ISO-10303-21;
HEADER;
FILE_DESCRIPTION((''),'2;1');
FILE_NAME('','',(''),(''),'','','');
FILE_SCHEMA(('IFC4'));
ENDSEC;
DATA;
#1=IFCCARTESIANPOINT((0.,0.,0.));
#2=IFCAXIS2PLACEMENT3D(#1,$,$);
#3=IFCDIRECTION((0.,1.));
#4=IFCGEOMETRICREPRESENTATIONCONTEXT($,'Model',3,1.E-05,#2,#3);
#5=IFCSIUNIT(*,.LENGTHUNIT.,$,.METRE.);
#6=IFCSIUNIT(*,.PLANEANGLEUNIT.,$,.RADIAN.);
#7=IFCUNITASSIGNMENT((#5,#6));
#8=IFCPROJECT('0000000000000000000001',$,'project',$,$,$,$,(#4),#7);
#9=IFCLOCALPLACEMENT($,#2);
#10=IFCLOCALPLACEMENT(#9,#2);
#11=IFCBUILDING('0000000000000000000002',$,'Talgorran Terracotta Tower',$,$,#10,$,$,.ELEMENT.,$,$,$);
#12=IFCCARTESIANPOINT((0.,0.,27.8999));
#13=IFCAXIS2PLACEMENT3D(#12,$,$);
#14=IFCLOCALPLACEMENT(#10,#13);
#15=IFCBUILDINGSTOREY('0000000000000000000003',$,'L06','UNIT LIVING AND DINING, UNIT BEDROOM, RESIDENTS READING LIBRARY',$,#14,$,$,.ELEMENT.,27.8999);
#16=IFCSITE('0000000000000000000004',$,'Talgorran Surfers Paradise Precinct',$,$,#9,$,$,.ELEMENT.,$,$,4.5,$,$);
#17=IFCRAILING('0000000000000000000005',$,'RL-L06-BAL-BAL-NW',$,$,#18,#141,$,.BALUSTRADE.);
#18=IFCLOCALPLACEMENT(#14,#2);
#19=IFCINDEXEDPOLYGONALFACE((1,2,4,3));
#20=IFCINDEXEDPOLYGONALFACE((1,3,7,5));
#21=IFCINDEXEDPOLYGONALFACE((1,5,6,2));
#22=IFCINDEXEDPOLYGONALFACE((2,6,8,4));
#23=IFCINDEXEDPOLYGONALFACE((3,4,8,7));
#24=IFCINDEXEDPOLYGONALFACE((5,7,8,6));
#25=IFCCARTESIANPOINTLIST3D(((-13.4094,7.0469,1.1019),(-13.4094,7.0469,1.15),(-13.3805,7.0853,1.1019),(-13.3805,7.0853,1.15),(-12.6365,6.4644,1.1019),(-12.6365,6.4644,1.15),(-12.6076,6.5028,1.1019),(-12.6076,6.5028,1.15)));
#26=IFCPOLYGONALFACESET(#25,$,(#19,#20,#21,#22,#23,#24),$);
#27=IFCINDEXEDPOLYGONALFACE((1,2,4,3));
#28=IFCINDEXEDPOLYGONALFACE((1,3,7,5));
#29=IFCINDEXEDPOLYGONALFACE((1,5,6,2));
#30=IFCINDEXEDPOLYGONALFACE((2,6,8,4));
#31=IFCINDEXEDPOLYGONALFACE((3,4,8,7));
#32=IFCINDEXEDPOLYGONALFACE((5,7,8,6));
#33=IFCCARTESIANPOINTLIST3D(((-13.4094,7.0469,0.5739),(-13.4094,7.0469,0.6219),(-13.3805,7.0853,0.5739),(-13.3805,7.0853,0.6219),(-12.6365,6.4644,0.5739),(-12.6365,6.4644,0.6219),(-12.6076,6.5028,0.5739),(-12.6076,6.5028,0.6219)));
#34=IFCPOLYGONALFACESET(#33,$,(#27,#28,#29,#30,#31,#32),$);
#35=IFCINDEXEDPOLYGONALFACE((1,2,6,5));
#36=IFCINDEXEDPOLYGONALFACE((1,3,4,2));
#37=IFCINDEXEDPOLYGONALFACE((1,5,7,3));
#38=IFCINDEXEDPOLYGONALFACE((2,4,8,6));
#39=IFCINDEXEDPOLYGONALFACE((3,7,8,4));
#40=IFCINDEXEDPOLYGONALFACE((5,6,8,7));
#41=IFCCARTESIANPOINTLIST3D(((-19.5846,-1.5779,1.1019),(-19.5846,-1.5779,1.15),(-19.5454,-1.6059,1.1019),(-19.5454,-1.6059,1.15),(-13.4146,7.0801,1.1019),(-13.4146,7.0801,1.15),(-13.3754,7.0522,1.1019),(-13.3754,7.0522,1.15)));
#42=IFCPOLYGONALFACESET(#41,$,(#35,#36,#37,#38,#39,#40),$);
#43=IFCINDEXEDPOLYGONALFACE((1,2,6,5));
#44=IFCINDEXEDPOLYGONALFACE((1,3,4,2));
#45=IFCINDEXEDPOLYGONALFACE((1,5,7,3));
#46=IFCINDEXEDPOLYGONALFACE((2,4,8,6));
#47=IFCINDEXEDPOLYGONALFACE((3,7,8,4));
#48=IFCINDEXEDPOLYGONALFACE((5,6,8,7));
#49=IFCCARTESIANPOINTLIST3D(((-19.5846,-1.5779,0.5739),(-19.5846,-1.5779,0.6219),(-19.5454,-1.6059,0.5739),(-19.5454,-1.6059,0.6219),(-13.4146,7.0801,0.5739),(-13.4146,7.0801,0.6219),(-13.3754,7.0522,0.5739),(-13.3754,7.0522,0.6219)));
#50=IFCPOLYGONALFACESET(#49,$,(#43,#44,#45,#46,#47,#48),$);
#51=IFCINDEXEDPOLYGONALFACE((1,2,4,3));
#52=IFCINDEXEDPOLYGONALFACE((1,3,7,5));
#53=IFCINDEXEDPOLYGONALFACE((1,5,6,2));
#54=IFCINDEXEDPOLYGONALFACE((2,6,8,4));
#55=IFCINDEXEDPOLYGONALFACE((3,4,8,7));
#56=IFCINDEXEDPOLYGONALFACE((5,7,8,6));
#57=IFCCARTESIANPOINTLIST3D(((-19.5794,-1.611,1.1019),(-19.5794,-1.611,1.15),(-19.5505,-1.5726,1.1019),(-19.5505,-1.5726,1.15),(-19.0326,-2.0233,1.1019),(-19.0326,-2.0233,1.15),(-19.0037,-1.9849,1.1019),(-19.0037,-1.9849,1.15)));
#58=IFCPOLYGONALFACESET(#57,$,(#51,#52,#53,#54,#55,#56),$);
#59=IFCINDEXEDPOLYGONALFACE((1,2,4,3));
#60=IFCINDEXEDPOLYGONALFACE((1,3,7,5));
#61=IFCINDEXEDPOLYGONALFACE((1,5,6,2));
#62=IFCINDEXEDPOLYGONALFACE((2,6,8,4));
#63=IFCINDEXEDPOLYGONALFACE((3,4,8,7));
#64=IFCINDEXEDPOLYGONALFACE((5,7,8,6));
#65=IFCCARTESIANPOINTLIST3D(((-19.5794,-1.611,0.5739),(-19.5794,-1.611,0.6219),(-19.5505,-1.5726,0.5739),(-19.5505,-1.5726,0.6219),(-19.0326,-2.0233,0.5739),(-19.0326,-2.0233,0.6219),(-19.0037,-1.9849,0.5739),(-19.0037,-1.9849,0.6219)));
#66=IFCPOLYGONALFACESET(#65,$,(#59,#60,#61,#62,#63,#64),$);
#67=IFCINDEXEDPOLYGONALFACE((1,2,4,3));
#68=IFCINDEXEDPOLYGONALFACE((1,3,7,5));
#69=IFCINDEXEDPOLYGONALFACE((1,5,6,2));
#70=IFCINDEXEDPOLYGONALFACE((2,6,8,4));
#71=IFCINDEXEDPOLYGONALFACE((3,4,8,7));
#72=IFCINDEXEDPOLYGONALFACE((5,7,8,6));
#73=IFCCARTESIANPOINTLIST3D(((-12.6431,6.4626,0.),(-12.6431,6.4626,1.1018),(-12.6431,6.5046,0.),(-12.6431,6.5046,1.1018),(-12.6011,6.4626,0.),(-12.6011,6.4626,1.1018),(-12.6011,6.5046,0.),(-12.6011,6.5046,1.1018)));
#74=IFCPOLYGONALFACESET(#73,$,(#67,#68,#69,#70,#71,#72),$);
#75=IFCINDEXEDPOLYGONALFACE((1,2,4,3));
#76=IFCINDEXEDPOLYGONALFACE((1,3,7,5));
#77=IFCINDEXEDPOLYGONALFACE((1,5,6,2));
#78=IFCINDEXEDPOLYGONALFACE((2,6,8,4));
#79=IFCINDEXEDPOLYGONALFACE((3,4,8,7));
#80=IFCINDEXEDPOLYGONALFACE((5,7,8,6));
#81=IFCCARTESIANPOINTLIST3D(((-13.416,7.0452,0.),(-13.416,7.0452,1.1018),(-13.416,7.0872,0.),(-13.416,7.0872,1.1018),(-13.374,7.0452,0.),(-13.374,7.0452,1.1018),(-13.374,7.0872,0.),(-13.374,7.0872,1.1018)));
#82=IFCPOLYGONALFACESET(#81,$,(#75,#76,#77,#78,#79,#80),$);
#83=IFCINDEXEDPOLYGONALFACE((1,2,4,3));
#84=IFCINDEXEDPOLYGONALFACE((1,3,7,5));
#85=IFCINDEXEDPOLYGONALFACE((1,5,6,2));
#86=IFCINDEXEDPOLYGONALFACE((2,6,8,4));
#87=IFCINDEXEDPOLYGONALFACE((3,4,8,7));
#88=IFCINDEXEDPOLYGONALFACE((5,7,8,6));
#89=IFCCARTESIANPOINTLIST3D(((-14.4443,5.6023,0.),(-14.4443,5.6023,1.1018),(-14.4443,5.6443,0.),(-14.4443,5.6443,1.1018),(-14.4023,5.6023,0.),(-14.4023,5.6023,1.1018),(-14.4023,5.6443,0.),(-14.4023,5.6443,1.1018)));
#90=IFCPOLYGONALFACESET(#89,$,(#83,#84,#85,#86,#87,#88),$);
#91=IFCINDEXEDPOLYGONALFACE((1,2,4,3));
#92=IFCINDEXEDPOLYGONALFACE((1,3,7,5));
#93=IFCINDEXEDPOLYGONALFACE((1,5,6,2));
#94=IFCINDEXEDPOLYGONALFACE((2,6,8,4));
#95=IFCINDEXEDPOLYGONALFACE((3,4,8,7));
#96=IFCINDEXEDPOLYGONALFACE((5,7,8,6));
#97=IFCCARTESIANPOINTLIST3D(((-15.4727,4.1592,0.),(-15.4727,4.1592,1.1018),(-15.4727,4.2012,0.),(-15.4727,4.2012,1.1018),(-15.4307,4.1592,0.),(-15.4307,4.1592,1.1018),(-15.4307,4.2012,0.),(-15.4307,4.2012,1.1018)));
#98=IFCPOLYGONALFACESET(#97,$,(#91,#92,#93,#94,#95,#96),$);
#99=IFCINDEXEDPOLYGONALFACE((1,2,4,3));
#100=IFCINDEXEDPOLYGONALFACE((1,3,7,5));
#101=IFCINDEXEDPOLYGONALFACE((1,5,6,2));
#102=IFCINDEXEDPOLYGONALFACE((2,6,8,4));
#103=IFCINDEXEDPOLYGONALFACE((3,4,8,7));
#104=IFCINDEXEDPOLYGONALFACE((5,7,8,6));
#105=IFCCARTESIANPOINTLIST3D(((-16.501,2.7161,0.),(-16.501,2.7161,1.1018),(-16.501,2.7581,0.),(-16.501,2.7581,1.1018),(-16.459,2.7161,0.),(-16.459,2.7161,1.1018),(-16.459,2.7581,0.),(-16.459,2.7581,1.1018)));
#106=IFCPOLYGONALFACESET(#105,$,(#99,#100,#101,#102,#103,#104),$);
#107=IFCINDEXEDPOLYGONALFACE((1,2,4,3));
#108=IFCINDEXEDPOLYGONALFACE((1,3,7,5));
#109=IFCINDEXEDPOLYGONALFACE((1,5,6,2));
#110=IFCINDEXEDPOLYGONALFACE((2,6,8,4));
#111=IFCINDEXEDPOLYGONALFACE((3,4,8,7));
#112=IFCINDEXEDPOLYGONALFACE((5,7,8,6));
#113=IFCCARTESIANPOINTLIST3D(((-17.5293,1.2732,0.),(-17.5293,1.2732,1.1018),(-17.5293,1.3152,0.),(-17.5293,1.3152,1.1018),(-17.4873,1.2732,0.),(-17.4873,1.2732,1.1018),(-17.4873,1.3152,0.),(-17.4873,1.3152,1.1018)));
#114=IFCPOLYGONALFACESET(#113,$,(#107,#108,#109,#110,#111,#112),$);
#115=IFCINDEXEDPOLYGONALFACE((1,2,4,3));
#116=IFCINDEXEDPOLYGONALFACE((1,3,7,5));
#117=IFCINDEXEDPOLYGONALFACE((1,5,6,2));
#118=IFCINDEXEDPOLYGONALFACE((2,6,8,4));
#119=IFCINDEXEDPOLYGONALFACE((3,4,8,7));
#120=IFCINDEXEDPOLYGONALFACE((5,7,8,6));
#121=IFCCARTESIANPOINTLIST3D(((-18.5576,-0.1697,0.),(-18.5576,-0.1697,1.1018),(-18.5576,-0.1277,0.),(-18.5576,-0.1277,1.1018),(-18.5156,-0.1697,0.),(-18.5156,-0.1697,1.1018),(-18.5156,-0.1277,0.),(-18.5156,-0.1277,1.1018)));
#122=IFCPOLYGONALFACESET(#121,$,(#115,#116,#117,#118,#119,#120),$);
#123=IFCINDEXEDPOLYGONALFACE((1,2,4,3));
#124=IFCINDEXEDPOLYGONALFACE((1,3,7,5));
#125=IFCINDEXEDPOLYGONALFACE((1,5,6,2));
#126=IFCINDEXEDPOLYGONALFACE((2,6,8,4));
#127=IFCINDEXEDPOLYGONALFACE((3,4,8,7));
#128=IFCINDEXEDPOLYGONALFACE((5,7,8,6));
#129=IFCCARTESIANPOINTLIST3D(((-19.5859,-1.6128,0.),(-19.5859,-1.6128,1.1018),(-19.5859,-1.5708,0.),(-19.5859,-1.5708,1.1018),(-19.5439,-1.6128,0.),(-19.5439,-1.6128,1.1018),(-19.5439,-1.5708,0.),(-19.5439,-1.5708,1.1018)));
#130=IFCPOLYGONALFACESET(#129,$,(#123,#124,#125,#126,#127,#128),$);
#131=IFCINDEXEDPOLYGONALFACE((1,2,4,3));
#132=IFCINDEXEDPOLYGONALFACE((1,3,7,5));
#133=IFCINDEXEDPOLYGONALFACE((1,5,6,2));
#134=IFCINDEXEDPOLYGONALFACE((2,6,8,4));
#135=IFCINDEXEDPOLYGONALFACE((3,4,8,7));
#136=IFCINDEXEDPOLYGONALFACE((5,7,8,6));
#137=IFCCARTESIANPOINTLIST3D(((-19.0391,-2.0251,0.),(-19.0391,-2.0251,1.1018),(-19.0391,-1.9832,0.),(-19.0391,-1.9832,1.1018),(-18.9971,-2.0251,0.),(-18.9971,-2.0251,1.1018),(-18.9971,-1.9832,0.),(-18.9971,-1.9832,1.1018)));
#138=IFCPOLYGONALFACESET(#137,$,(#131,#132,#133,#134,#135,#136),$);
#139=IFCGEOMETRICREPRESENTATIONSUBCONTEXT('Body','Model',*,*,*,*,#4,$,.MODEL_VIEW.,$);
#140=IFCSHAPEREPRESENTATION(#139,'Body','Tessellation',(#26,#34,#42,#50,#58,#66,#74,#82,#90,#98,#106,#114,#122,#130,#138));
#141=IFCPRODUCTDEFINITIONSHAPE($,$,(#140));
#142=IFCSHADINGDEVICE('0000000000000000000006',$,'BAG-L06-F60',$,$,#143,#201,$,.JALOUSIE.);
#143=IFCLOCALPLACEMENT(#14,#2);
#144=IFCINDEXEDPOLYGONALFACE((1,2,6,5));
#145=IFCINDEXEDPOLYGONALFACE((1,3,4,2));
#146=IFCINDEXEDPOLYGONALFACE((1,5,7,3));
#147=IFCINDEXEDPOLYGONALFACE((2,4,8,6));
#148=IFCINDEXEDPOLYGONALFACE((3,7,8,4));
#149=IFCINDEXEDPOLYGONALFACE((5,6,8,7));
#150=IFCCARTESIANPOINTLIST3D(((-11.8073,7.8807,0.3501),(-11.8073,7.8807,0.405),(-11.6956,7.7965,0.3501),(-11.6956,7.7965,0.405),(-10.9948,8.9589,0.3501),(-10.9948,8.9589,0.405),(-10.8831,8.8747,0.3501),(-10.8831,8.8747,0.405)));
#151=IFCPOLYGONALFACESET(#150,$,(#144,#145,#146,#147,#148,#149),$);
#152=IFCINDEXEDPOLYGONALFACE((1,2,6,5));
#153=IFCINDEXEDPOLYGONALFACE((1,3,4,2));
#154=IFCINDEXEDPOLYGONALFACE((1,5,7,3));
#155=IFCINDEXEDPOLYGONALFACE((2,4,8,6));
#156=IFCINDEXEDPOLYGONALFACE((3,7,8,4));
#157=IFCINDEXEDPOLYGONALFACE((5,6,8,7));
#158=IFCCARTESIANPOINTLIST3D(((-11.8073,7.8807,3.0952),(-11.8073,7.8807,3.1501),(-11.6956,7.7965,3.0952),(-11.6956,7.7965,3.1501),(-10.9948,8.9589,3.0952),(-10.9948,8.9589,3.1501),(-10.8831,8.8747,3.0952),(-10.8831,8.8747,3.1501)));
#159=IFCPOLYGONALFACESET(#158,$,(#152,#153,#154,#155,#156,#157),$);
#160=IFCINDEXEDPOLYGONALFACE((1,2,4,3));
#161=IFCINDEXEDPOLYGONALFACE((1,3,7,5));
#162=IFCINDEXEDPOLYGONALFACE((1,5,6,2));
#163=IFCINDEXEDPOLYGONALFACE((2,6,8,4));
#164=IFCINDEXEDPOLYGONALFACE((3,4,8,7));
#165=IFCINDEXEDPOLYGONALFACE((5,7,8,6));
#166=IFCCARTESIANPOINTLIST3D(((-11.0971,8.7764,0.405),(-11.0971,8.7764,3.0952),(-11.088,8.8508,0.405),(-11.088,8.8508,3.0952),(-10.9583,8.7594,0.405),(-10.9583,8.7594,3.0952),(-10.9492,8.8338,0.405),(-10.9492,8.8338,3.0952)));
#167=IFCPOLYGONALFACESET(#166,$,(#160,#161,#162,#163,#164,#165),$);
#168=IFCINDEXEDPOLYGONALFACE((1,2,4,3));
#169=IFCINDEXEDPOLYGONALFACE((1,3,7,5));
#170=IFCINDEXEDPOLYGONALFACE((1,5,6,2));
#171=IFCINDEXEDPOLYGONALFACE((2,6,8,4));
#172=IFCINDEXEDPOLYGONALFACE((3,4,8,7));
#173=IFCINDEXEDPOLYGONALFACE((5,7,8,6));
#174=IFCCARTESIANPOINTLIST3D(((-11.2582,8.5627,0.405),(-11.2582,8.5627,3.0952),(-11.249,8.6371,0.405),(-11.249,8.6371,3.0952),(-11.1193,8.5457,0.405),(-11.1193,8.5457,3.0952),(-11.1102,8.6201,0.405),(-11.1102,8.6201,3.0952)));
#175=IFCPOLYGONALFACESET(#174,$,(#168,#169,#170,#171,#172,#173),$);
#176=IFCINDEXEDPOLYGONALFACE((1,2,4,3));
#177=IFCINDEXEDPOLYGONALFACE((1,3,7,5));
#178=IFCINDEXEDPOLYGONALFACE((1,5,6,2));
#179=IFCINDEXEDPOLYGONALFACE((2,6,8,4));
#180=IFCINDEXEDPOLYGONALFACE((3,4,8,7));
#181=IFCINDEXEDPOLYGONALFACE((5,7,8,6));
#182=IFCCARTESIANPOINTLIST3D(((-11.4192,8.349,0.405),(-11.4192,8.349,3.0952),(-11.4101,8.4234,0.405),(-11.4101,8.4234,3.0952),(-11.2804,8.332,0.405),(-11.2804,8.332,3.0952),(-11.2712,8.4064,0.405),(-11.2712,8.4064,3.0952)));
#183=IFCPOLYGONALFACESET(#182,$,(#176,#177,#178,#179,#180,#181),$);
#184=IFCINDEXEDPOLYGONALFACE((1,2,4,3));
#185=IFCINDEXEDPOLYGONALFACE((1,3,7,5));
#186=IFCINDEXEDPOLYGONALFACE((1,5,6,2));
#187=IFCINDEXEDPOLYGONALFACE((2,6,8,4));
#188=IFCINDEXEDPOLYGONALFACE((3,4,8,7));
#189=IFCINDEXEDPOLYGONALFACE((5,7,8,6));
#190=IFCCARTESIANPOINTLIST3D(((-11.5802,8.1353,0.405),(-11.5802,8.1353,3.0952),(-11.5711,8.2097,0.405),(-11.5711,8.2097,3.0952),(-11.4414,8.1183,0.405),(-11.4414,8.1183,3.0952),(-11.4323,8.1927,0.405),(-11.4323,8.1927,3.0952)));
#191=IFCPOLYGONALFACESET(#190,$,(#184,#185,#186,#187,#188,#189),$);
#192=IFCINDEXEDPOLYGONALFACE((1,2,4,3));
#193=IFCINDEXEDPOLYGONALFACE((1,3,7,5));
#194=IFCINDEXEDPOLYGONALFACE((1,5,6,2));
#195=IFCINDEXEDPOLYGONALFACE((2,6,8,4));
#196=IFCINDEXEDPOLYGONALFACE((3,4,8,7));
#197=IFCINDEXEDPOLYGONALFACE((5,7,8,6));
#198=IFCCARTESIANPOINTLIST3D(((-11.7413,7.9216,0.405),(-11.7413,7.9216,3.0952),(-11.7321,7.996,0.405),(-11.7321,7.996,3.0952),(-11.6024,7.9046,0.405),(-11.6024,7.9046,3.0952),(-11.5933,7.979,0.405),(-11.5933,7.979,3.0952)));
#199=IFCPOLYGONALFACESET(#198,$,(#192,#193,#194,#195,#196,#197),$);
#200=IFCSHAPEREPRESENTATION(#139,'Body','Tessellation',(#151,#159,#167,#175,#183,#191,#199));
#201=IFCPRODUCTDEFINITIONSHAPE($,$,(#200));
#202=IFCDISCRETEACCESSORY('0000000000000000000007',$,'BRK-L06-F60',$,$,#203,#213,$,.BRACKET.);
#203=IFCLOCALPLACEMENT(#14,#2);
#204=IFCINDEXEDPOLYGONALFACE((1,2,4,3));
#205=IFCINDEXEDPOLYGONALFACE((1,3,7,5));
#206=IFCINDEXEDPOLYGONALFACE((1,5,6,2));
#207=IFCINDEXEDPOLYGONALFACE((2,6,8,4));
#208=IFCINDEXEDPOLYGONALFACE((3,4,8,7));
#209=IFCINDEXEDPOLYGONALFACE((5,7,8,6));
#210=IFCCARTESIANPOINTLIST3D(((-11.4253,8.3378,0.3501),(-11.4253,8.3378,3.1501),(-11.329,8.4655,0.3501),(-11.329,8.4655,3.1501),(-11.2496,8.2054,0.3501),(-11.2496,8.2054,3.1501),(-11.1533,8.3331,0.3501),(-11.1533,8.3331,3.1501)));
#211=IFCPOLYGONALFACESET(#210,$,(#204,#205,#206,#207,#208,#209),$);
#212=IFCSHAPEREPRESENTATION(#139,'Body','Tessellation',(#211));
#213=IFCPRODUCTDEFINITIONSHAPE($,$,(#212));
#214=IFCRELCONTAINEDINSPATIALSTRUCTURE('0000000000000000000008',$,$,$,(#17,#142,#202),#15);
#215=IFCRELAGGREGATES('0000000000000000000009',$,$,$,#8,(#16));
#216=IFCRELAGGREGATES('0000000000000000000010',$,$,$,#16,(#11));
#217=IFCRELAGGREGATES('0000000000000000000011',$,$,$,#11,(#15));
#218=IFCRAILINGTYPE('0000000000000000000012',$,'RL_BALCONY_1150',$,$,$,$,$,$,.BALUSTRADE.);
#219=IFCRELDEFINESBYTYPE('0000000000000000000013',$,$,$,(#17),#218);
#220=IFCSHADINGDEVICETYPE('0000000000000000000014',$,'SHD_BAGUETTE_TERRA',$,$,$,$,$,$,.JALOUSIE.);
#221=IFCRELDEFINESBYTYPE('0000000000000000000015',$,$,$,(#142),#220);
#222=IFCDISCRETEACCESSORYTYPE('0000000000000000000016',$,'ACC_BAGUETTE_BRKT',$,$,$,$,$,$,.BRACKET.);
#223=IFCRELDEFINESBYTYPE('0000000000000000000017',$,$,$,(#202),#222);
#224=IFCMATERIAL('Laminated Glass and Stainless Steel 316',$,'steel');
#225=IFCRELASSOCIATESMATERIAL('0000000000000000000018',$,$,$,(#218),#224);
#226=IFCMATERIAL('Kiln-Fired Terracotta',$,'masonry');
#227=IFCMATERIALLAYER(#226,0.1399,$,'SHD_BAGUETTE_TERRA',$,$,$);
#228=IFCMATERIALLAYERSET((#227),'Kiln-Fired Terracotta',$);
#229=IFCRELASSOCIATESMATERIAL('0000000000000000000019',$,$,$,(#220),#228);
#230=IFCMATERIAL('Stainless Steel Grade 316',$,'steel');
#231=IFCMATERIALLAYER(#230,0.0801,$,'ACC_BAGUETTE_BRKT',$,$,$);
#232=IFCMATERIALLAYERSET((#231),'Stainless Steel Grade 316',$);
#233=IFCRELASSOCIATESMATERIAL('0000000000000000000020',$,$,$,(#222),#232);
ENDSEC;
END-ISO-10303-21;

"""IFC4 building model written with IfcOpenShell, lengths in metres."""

from ifc_helpers import new_model, si_unit, direction, frame, origin, origin_2d, place, context, subcontext, project, spatial, rectangle, extrude, source, transform, mapped, material, layer, layer_set, type_object, type_shapes, element, save


model = new_model("IFC4")

# Units and contexts
model_context = context("Model", 3, precision=1e-05, world=origin(), true_north=direction((0.0, 1.0)))
body_context = subcontext(model_context, "Body", "Model", "MODEL_VIEW")
ifc_project = project(units=[si_unit("LENGTHUNIT", "METRE"), si_unit("PLANEANGLEUNIT", "RADIAN")], contexts=[model_context])

# Site, building, storey
site_placement = place(None, origin())
site = spatial("IfcSite", under=ifc_project, at=site_placement, Name="Talgorran Surfers Paradise Precinct", CompositionType="ELEMENT", RefElevation=4.5)
building_placement = place(site_placement, origin())
building = spatial("IfcBuilding", under=site, at=building_placement, Name="Talgorran Terracotta Tower", CompositionType="ELEMENT")
storey_placement = place(building_placement, frame((0.0, 0.0, 27.8999)))
storey = spatial("IfcBuildingStorey", under=building, at=storey_placement, Name="L06", Description="UNIT LIVING AND DINING, UNIT BEDROOM, RESIDENTS READING LIBRARY", CompositionType="ELEMENT", Elevation=27.8999)

# Railing
ifc_material_1 = material(Name="Laminated Glass and Stainless Steel 316", Category="steel")
railing_type = type_object("IfcRailingType", Name="RL_BALCONY_1150", PredefinedType="BALUSTRADE", material=ifc_material_1)
railing_placement = place(storey_placement, frame((-12.6221, 6.4836, 0.0)))
element("IfcRailing", 1, at=railing_placement, inside=storey, type_object=railing_type, Name="RL-L06-BAL-BAL-NW", PredefinedType="BALUSTRADE", context=body_context, shape_type="SweptSolid", body=[
    extrude(rectangle(XDim=0.0481, YDim=0.0481, at=origin_2d()), frame((0.0, 0.0, 1.126), z_axis=(-0.798605, 0.601855, 0.0), x_axis=(-0.601855, -0.798605, 0.0)), (0.0, 0.0, 1.0), 0.9678),
    extrude(rectangle(XDim=0.0481, YDim=0.0481, at=origin_2d()), frame((0.0, 0.0, 0.5979), z_axis=(-0.798605, 0.601855, 0.0), x_axis=(-0.601855, -0.798605, 0.0)), (0.0, 0.0, 1.0), 0.9678),
    extrude(rectangle(XDim=0.0481, YDim=0.0481, at=origin_2d()), frame((-0.7729, 0.5825, 1.126), z_axis=(-0.580345, -0.814371, 0.0), x_axis=(0.814371, -0.580345, 0.0)), (0.0, 0.0, 1.0), 10.6316),
    extrude(rectangle(XDim=0.0481, YDim=0.0481, at=origin_2d()), frame((-0.7729, 0.5825, 0.5979), z_axis=(-0.580345, -0.814371, 0.0), x_axis=(0.814371, -0.580345, 0.0)), (0.0, 0.0, 1.0), 10.6316),
    extrude(rectangle(XDim=0.0481, YDim=0.0481, at=origin_2d()), frame((-6.9429, -8.0754, 1.126), z_axis=(0.798457, -0.602051, 0.0), x_axis=(0.602051, 0.798457, 0.0)), (0.0, 0.0, 1.0), 0.6848),
    extrude(rectangle(XDim=0.0481, YDim=0.0481, at=origin_2d()), frame((-6.9429, -8.0754, 0.5979), z_axis=(0.798457, -0.602051, 0.0), x_axis=(0.602051, 0.798457, 0.0)), (0.0, 0.0, 1.0), 0.6848),
    extrude(rectangle(XDim=0.042, YDim=0.042, at=origin_2d()), origin(), (0.0, 0.0, 1.0), 1.1018),
    extrude(rectangle(XDim=0.042, YDim=0.042, at=origin_2d()), frame((-0.7729, 0.5825, 0.0)), (0.0, 0.0, 1.0), 1.1018),
    extrude(rectangle(XDim=0.042, YDim=0.042, at=origin_2d()), frame((-1.8013, -0.8604, 0.0)), (0.0, 0.0, 1.0), 1.1018),
    extrude(rectangle(XDim=0.042, YDim=0.042, at=origin_2d()), frame((-2.8296, -2.3035, 0.0)), (0.0, 0.0, 1.0), 1.1018),
    extrude(rectangle(XDim=0.042, YDim=0.042, at=origin_2d()), frame((-3.8579, -3.7466, 0.0)), (0.0, 0.0, 1.0), 1.1018),
    extrude(rectangle(XDim=0.042, YDim=0.042, at=origin_2d()), frame((-4.8862, -5.1895, 0.0)), (0.0, 0.0, 1.0), 1.1018),
    extrude(rectangle(XDim=0.042, YDim=0.042, at=origin_2d()), frame((-5.9146, -6.6323, 0.0)), (0.0, 0.0, 1.0), 1.1018),
    extrude(rectangle(XDim=0.042, YDim=0.042, at=origin_2d()), frame((-6.9429, -8.0754, 0.0)), (0.0, 0.0, 1.0), 1.1018),
    extrude(rectangle(XDim=0.042, YDim=0.042, at=origin_2d()), frame((-6.396, -8.4878, 0.0)), (0.0, 0.0, 1.0), 1.1018),
])

# Shading device
ifc_material_2 = material(Name="Kiln-Fired Terracotta", Category="masonry")
ifc_layer_1 = layer(ifc_material_2, 0.1399, Name="SHD_BAGUETTE_TERRA")
ifc_layer_set_1 = layer_set([ifc_layer_1], Name="Kiln-Fired Terracotta")
shading_device_type = type_object("IfcShadingDeviceType", Name="SHD_BAGUETTE_TERRA", PredefinedType="JALOUSIE", material=ifc_layer_set_1)
shared_shape_1 = source(origin(), body_context, "Body", "SweptSolid", [
    extrude(rectangle(XDim=1.3501, YDim=0.1399, at=origin_2d()), origin(), (0.0, 0.0, 1.0), 0.0549),
    extrude(rectangle(XDim=1.3501, YDim=0.1399, at=origin_2d()), frame((0.0, 0.0, 2.7451)), (0.0, 0.0, 1.0), 0.0549),
    extrude(rectangle(XDim=0.075, YDim=0.1399, at=origin_2d()), frame((-0.5352, 0.0, 0.0549), z_axis=(0.0, 0.0, 1.0), x_axis=(0.866025, 0.5, 0.0)), (0.0, 0.0, 1.0), 2.6902),
    extrude(rectangle(XDim=0.075, YDim=0.1399, at=origin_2d()), frame((-0.2676, 0.0, 0.0549), z_axis=(0.0, 0.0, 1.0), x_axis=(0.866025, 0.5, 0.0)), (0.0, 0.0, 1.0), 2.6902),
    extrude(rectangle(XDim=0.075, YDim=0.1399, at=origin_2d()), frame((0.0, 0.0, 0.0549), z_axis=(0.0, 0.0, 1.0), x_axis=(0.866025, 0.5, 0.0)), (0.0, 0.0, 1.0), 2.6902),
    extrude(rectangle(XDim=0.075, YDim=0.1399, at=origin_2d()), frame((0.2676, 0.0, 0.0549), z_axis=(0.0, 0.0, 1.0), x_axis=(0.866025, 0.5, 0.0)), (0.0, 0.0, 1.0), 2.6902),
    extrude(rectangle(XDim=0.075, YDim=0.1399, at=origin_2d()), frame((0.5352, 0.0, 0.0549), z_axis=(0.0, 0.0, 1.0), x_axis=(0.866025, 0.5, 0.0)), (0.0, 0.0, 1.0), 2.6902),
])
type_shapes(shading_device_type, [shared_shape_1])
shading_device_placement = place(storey_placement, frame((-11.3452, 8.3777, 0.3501), z_axis=(0.0, 0.0, 1.0), x_axis=(-0.601801, -0.798646, 0.0)))
element("IfcShadingDevice", 2, at=shading_device_placement, inside=storey, type_object=shading_device_type, Name="BAG-L06-F60", PredefinedType="JALOUSIE", context=body_context, shape_type="MappedRepresentation", body=[
    mapped(shared_shape_1, transform((0.0, 0.0, 0.0), scale=1.0)),
])

# Discrete accessory
ifc_material_3 = material(Name="Stainless Steel Grade 316", Category="steel")
ifc_layer_2 = layer(ifc_material_3, 0.0801, Name="ACC_BAGUETTE_BRKT")
ifc_layer_set_2 = layer_set([ifc_layer_2], Name="Stainless Steel Grade 316")
discrete_accessory_type = type_object("IfcDiscreteAccessoryType", Name="ACC_BAGUETTE_BRKT", PredefinedType="BRACKET", material=ifc_layer_set_2)
shared_shape_2 = source(origin(), body_context, "Body", "SweptSolid", [
    extrude(rectangle(XDim=0.1599, YDim=0.22, at=origin_2d()), origin(), (0.0, 0.0, 1.0), 2.8),
])
type_shapes(discrete_accessory_type, [shared_shape_2])
discrete_accessory_placement = place(storey_placement, frame((-11.2893, 8.3354, 0.3501), z_axis=(0.0, 0.0, 1.0), x_axis=(-0.601801, -0.798646, 0.0)))
element("IfcDiscreteAccessory", 3, at=discrete_accessory_placement, inside=storey, type_object=discrete_accessory_type, Name="BRK-L06-F60", PredefinedType="BRACKET", context=body_context, shape_type="MappedRepresentation", body=[
    mapped(shared_shape_2, transform((0.0, 0.0, 0.0), scale=1.0)),
])

save(model, "model.ifc")
